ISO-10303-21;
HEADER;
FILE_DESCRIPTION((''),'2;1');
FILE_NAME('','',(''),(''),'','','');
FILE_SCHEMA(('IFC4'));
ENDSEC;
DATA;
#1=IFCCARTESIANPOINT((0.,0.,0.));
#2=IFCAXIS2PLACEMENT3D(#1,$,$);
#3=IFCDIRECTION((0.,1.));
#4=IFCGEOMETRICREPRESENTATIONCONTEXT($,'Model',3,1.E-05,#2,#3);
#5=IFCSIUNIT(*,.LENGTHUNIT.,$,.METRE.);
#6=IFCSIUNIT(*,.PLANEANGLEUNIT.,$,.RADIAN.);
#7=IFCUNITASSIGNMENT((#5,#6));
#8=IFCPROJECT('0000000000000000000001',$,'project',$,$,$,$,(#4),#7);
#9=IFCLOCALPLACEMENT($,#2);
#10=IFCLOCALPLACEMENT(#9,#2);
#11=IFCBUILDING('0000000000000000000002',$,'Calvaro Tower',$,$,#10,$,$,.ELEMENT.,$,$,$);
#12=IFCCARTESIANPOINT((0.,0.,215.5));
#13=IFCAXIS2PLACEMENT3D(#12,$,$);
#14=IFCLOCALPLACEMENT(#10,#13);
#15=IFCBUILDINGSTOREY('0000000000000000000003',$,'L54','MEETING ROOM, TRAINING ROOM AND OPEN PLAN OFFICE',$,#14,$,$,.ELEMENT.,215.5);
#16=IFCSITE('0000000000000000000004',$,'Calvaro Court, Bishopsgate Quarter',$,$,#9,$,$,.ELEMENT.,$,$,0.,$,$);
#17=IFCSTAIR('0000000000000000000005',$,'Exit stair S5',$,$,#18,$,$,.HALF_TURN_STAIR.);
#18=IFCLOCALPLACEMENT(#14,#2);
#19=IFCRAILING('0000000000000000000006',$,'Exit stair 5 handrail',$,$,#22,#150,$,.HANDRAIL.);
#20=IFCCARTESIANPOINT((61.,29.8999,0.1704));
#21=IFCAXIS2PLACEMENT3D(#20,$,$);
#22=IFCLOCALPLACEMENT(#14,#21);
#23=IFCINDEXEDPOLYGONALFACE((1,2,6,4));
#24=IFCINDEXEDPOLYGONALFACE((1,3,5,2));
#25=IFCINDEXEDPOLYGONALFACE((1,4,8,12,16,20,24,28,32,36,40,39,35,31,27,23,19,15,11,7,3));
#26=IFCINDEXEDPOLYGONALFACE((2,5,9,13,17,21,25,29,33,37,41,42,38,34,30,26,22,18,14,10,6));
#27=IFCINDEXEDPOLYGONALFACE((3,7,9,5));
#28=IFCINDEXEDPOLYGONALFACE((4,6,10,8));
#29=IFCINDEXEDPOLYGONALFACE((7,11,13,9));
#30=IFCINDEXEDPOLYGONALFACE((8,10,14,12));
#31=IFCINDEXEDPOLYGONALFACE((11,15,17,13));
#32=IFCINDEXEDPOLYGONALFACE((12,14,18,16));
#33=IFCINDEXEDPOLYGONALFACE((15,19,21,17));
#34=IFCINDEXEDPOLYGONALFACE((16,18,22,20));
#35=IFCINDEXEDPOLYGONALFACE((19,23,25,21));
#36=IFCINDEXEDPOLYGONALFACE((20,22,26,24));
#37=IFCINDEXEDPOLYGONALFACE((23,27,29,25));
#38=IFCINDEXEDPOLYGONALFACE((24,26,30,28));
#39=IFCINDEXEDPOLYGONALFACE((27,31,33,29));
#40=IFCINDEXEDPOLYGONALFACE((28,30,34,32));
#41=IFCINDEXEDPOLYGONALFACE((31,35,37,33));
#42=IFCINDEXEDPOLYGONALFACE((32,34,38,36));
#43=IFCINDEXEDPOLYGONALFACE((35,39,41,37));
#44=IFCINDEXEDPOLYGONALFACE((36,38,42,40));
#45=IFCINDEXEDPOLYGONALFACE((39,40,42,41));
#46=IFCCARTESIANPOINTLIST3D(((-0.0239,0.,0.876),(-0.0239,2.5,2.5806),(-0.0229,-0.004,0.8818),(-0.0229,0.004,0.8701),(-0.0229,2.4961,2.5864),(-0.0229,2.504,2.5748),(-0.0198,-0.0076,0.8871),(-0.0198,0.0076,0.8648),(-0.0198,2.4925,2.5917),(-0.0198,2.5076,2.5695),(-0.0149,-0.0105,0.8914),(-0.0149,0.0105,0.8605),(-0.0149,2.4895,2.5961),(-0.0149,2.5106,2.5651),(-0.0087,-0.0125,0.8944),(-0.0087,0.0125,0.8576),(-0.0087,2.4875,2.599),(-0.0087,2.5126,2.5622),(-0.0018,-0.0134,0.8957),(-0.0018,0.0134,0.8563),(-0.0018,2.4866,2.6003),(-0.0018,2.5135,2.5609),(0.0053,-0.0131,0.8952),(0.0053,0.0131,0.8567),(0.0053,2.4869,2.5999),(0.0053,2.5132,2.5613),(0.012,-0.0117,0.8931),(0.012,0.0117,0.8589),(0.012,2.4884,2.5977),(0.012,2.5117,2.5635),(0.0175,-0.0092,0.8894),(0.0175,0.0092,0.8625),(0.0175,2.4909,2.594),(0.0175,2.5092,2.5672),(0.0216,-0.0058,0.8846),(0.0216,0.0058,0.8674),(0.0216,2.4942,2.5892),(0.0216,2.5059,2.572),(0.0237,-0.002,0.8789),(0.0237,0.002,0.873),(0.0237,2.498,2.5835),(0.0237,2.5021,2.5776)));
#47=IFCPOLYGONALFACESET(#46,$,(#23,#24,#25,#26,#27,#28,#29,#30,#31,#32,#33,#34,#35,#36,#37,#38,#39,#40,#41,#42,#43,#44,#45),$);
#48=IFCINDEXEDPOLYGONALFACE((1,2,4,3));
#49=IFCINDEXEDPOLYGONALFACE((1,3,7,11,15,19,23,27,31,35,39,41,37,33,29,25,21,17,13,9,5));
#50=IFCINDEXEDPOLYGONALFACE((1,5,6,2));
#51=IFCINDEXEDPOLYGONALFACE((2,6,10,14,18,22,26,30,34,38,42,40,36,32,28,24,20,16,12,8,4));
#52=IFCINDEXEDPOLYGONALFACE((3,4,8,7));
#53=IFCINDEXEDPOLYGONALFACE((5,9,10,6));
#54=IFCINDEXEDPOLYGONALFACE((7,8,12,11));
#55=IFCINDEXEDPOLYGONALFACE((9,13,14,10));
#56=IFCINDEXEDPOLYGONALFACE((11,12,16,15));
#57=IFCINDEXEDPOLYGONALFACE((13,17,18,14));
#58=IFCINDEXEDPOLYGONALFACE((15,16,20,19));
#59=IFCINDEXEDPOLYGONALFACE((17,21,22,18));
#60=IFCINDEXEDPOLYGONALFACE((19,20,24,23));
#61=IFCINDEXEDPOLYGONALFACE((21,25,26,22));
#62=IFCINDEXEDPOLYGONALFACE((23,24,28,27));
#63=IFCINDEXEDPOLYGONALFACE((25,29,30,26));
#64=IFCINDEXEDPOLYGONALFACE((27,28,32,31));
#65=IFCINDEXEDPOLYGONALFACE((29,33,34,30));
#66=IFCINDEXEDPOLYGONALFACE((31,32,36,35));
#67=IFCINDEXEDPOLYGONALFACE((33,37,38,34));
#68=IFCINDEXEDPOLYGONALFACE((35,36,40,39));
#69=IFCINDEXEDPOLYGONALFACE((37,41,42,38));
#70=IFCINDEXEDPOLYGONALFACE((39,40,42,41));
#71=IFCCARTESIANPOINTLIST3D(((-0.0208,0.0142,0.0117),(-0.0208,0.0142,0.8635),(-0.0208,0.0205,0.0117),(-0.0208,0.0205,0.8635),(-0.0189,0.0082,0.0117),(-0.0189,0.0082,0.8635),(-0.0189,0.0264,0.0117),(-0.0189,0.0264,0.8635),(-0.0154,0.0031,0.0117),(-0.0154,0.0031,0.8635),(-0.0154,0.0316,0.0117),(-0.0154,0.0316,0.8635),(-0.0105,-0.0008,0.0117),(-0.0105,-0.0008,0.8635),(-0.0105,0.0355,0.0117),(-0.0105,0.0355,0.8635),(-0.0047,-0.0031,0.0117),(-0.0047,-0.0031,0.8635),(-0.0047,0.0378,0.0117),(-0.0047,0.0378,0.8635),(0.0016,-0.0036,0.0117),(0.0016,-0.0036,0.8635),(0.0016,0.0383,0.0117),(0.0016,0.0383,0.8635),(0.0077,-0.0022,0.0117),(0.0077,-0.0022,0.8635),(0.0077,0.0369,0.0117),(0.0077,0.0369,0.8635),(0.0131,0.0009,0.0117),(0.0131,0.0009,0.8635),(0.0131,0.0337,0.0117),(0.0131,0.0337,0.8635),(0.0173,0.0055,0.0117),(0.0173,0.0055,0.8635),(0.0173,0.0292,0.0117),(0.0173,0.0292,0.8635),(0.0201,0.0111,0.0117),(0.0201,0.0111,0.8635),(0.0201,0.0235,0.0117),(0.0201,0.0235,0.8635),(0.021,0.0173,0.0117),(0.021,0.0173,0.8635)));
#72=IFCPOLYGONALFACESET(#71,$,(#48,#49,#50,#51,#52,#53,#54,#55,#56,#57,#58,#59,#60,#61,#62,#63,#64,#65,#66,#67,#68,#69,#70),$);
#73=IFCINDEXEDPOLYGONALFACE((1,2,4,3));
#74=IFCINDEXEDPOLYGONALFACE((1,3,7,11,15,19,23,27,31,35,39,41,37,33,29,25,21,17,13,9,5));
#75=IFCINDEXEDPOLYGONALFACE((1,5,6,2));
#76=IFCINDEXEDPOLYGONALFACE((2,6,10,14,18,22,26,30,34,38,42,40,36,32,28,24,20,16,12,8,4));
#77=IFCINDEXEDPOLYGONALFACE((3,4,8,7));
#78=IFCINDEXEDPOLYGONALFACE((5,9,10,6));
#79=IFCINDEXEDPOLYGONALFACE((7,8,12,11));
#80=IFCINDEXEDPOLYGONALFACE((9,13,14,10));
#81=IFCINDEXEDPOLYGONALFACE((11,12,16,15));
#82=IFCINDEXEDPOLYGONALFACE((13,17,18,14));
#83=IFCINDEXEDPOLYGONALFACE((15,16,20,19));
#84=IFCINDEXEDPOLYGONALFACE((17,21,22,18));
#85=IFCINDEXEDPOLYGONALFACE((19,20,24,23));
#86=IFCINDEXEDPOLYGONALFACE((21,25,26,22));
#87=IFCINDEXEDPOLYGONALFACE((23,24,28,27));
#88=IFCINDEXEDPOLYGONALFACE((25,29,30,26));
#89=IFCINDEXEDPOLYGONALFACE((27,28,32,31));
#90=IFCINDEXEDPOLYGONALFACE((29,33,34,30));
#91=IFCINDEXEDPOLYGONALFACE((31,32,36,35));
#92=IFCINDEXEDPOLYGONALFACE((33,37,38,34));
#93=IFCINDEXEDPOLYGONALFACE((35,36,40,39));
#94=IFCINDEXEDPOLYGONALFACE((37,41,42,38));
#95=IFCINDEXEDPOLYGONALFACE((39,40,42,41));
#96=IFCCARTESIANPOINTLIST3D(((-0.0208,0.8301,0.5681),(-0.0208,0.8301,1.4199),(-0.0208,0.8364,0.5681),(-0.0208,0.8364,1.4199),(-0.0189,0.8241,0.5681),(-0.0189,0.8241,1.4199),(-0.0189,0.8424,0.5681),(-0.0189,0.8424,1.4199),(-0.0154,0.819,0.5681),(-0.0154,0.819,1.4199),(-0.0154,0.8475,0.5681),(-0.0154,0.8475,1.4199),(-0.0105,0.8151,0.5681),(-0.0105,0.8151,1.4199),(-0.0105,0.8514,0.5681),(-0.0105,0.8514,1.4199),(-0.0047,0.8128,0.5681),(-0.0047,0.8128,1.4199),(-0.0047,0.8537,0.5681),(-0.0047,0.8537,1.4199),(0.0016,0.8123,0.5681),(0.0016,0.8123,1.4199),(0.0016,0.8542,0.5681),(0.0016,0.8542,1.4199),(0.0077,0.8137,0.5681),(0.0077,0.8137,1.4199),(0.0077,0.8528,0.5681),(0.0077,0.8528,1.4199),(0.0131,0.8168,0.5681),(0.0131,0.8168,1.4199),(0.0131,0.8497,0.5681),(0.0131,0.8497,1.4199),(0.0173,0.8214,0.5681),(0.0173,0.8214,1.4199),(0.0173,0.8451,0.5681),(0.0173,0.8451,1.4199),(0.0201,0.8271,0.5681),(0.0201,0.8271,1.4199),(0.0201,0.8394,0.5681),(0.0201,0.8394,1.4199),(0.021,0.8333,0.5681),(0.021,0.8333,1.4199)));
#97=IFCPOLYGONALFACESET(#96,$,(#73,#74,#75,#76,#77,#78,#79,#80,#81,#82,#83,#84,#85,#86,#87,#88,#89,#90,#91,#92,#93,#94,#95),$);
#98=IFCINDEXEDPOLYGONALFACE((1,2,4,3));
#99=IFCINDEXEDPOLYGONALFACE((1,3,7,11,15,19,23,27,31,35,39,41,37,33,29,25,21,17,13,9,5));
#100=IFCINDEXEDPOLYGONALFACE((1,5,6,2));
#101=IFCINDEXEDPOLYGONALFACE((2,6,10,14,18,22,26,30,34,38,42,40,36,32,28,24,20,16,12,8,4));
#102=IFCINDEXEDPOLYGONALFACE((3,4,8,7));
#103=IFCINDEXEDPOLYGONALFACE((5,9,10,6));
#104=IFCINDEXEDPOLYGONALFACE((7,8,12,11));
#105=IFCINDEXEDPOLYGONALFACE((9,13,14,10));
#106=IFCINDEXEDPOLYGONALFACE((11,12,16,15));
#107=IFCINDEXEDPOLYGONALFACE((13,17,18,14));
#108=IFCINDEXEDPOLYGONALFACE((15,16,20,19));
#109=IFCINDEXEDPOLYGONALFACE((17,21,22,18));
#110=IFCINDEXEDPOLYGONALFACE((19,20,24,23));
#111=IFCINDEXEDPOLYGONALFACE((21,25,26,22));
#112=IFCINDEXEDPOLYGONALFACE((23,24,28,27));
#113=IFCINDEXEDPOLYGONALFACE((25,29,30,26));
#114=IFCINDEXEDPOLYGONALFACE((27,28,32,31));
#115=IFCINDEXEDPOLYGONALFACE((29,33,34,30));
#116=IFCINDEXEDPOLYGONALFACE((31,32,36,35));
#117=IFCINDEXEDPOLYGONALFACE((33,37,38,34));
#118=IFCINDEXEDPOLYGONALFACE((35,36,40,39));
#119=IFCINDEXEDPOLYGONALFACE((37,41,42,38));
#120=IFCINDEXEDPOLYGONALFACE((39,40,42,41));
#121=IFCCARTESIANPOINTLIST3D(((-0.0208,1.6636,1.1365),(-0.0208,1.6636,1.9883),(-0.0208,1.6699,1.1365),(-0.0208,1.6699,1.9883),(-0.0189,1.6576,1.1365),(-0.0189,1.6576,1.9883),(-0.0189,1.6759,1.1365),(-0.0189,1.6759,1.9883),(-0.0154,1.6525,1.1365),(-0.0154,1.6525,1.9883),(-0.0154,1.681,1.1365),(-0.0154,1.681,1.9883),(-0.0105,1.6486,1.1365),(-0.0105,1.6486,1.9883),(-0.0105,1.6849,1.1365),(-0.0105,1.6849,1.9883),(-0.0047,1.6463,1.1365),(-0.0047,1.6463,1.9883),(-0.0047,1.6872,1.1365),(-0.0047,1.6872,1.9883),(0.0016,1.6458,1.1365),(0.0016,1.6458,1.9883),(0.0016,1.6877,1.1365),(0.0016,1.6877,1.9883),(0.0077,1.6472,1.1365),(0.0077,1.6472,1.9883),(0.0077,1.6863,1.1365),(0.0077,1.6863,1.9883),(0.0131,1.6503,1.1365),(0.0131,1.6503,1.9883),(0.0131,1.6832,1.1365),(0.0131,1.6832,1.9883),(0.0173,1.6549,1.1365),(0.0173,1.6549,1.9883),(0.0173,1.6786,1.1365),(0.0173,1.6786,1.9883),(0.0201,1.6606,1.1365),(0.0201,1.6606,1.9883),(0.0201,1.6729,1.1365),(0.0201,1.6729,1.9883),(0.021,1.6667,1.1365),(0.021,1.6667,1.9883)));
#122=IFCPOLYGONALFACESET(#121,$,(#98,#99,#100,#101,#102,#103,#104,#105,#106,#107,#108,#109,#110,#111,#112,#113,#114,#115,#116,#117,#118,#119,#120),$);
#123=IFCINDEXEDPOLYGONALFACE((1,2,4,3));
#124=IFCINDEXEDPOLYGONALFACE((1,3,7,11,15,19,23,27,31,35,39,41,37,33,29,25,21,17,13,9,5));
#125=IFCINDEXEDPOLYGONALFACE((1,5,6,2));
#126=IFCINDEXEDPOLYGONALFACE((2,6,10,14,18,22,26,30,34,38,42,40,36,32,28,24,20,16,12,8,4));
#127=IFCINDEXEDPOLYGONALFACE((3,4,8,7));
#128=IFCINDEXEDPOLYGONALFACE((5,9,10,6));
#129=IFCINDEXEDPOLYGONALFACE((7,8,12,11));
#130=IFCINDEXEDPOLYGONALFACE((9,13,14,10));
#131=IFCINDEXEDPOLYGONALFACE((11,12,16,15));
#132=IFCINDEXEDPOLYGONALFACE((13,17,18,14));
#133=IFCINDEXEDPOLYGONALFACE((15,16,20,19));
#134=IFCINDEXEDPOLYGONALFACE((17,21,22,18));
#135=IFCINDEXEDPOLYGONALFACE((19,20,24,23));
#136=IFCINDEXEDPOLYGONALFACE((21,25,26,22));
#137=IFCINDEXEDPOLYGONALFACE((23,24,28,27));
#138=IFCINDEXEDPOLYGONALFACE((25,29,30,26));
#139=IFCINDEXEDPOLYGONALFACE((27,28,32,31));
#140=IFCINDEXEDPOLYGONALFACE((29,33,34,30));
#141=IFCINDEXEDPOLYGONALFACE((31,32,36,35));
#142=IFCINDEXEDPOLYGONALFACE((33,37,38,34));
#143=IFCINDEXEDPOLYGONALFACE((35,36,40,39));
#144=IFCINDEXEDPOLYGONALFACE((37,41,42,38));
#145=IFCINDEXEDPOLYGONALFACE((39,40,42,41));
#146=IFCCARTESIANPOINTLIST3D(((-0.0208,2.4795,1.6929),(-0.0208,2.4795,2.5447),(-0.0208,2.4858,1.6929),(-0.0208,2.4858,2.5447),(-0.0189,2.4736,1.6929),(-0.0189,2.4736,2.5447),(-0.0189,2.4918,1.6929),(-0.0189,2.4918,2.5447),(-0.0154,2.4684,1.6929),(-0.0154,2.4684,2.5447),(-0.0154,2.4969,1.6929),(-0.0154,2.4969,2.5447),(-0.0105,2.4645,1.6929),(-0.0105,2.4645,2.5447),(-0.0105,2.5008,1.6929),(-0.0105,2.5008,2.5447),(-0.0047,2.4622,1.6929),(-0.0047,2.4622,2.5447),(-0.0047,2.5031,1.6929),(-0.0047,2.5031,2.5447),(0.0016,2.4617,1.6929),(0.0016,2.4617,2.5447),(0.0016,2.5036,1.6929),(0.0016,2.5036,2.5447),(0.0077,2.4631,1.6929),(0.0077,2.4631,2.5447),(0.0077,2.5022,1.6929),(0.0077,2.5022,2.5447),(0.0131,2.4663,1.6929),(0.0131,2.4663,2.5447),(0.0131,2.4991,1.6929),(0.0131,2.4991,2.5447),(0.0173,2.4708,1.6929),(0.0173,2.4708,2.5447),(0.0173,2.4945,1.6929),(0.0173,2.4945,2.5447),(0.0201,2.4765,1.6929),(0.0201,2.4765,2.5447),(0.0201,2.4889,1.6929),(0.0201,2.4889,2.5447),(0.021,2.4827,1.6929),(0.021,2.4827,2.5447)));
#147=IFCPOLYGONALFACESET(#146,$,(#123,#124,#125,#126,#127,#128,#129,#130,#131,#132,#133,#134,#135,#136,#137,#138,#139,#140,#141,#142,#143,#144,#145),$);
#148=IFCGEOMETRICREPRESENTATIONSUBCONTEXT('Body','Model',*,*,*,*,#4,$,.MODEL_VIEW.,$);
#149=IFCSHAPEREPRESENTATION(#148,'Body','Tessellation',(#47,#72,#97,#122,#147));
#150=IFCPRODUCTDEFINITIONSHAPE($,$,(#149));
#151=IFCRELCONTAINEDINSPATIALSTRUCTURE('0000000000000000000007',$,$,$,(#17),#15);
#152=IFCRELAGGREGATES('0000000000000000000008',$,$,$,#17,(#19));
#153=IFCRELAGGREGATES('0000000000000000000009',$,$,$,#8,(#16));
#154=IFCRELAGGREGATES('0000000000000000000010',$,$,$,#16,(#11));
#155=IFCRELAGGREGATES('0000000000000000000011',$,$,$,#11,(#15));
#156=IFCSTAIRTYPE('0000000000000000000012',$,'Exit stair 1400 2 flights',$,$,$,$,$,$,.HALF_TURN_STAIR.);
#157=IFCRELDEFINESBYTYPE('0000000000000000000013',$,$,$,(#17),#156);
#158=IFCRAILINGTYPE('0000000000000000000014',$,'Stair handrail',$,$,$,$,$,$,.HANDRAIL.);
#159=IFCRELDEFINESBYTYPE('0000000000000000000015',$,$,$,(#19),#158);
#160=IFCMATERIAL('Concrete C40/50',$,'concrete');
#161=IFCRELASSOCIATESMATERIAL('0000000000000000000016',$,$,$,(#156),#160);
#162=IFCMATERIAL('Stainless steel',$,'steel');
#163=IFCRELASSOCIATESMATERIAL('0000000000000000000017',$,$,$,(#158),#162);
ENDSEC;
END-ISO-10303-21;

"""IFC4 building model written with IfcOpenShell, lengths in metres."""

from ifc_helpers import new_model, si_unit, direction, frame, origin, origin_2d, place, context, subcontext, project, spatial, circle, extrude, material, type_object, element, aggregate, save


model = new_model("IFC4")

# Units and contexts
model_context = context("Model", 3, precision=1e-05, world=origin(), true_north=direction((0.0, 1.0)))
body_context = subcontext(model_context, "Body", "Model", "MODEL_VIEW")
ifc_project = project(units=[si_unit("LENGTHUNIT", "METRE"), si_unit("PLANEANGLEUNIT", "RADIAN")], contexts=[model_context])

# Site, building, storey
site_placement = place(None, origin())
site = spatial("IfcSite", under=ifc_project, at=site_placement, Name="Calvaro Court, Bishopsgate Quarter", CompositionType="ELEMENT", RefElevation=0.0)
building_placement = place(site_placement, origin())
building = spatial("IfcBuilding", under=site, at=building_placement, Name="Calvaro Tower", CompositionType="ELEMENT")
storey_placement = place(building_placement, frame((0.0, 0.0, 215.5)))
storey = spatial("IfcBuildingStorey", under=building, at=storey_placement, Name="L54", Description="MEETING ROOM, TRAINING ROOM AND OPEN PLAN OFFICE", CompositionType="ELEMENT", Elevation=215.5)

# Stair
ifc_material_1 = material(Name="Concrete C40/50", Category="concrete")
stair_type = type_object("IfcStairType", Name="Exit stair 1400 2 flights", PredefinedType="HALF_TURN_STAIR", material=ifc_material_1)
stair_1_placement = place(storey_placement, origin())
stair_1 = element("IfcStair", 1, at=stair_1_placement, inside=storey, type_object=stair_type, Name="Exit stair S5", PredefinedType="HALF_TURN_STAIR")

# Shared definitions
ifc_material_2 = material(Name="Stainless steel", Category="steel")
railing_type = type_object("IfcRailingType", Name="Stair handrail", PredefinedType="HANDRAIL", material=ifc_material_2)

# Railing
railing_1_placement = place(storey_placement, frame((61.0, 29.8999, 0.1704)))
railing_1 = element("IfcRailing", 2, at=railing_1_placement, type_object=railing_type, Name="Exit stair 5 handrail", PredefinedType="HANDRAIL", context=body_context, shape_type="SweptSolid", body=[
    extrude(circle(Radius=0.0239, at=origin_2d()), frame((0.0, 0.0, 0.876), z_axis=(0.0, 0.826221, 0.563347), x_axis=(-1.0, 0.0, 0.0)), (0.0, 0.0, 1.0), 3.0259),
    extrude(circle(Radius=0.021, at=origin_2d()), frame((0.0, 0.0173, 0.0117)), (0.0, 0.0, 1.0), 0.8518),
    extrude(circle(Radius=0.021, at=origin_2d()), frame((0.0, 0.8333, 0.5681)), (0.0, 0.0, 1.0), 0.8518),
    extrude(circle(Radius=0.021, at=origin_2d()), frame((0.0, 1.6667, 1.1365)), (0.0, 0.0, 1.0), 0.8518),
    extrude(circle(Radius=0.021, at=origin_2d()), frame((0.0, 2.4827, 1.6929)), (0.0, 0.0, 1.0), 0.8518),
])
aggregate(stair_1, [railing_1])

save(model, "model.ifc")
